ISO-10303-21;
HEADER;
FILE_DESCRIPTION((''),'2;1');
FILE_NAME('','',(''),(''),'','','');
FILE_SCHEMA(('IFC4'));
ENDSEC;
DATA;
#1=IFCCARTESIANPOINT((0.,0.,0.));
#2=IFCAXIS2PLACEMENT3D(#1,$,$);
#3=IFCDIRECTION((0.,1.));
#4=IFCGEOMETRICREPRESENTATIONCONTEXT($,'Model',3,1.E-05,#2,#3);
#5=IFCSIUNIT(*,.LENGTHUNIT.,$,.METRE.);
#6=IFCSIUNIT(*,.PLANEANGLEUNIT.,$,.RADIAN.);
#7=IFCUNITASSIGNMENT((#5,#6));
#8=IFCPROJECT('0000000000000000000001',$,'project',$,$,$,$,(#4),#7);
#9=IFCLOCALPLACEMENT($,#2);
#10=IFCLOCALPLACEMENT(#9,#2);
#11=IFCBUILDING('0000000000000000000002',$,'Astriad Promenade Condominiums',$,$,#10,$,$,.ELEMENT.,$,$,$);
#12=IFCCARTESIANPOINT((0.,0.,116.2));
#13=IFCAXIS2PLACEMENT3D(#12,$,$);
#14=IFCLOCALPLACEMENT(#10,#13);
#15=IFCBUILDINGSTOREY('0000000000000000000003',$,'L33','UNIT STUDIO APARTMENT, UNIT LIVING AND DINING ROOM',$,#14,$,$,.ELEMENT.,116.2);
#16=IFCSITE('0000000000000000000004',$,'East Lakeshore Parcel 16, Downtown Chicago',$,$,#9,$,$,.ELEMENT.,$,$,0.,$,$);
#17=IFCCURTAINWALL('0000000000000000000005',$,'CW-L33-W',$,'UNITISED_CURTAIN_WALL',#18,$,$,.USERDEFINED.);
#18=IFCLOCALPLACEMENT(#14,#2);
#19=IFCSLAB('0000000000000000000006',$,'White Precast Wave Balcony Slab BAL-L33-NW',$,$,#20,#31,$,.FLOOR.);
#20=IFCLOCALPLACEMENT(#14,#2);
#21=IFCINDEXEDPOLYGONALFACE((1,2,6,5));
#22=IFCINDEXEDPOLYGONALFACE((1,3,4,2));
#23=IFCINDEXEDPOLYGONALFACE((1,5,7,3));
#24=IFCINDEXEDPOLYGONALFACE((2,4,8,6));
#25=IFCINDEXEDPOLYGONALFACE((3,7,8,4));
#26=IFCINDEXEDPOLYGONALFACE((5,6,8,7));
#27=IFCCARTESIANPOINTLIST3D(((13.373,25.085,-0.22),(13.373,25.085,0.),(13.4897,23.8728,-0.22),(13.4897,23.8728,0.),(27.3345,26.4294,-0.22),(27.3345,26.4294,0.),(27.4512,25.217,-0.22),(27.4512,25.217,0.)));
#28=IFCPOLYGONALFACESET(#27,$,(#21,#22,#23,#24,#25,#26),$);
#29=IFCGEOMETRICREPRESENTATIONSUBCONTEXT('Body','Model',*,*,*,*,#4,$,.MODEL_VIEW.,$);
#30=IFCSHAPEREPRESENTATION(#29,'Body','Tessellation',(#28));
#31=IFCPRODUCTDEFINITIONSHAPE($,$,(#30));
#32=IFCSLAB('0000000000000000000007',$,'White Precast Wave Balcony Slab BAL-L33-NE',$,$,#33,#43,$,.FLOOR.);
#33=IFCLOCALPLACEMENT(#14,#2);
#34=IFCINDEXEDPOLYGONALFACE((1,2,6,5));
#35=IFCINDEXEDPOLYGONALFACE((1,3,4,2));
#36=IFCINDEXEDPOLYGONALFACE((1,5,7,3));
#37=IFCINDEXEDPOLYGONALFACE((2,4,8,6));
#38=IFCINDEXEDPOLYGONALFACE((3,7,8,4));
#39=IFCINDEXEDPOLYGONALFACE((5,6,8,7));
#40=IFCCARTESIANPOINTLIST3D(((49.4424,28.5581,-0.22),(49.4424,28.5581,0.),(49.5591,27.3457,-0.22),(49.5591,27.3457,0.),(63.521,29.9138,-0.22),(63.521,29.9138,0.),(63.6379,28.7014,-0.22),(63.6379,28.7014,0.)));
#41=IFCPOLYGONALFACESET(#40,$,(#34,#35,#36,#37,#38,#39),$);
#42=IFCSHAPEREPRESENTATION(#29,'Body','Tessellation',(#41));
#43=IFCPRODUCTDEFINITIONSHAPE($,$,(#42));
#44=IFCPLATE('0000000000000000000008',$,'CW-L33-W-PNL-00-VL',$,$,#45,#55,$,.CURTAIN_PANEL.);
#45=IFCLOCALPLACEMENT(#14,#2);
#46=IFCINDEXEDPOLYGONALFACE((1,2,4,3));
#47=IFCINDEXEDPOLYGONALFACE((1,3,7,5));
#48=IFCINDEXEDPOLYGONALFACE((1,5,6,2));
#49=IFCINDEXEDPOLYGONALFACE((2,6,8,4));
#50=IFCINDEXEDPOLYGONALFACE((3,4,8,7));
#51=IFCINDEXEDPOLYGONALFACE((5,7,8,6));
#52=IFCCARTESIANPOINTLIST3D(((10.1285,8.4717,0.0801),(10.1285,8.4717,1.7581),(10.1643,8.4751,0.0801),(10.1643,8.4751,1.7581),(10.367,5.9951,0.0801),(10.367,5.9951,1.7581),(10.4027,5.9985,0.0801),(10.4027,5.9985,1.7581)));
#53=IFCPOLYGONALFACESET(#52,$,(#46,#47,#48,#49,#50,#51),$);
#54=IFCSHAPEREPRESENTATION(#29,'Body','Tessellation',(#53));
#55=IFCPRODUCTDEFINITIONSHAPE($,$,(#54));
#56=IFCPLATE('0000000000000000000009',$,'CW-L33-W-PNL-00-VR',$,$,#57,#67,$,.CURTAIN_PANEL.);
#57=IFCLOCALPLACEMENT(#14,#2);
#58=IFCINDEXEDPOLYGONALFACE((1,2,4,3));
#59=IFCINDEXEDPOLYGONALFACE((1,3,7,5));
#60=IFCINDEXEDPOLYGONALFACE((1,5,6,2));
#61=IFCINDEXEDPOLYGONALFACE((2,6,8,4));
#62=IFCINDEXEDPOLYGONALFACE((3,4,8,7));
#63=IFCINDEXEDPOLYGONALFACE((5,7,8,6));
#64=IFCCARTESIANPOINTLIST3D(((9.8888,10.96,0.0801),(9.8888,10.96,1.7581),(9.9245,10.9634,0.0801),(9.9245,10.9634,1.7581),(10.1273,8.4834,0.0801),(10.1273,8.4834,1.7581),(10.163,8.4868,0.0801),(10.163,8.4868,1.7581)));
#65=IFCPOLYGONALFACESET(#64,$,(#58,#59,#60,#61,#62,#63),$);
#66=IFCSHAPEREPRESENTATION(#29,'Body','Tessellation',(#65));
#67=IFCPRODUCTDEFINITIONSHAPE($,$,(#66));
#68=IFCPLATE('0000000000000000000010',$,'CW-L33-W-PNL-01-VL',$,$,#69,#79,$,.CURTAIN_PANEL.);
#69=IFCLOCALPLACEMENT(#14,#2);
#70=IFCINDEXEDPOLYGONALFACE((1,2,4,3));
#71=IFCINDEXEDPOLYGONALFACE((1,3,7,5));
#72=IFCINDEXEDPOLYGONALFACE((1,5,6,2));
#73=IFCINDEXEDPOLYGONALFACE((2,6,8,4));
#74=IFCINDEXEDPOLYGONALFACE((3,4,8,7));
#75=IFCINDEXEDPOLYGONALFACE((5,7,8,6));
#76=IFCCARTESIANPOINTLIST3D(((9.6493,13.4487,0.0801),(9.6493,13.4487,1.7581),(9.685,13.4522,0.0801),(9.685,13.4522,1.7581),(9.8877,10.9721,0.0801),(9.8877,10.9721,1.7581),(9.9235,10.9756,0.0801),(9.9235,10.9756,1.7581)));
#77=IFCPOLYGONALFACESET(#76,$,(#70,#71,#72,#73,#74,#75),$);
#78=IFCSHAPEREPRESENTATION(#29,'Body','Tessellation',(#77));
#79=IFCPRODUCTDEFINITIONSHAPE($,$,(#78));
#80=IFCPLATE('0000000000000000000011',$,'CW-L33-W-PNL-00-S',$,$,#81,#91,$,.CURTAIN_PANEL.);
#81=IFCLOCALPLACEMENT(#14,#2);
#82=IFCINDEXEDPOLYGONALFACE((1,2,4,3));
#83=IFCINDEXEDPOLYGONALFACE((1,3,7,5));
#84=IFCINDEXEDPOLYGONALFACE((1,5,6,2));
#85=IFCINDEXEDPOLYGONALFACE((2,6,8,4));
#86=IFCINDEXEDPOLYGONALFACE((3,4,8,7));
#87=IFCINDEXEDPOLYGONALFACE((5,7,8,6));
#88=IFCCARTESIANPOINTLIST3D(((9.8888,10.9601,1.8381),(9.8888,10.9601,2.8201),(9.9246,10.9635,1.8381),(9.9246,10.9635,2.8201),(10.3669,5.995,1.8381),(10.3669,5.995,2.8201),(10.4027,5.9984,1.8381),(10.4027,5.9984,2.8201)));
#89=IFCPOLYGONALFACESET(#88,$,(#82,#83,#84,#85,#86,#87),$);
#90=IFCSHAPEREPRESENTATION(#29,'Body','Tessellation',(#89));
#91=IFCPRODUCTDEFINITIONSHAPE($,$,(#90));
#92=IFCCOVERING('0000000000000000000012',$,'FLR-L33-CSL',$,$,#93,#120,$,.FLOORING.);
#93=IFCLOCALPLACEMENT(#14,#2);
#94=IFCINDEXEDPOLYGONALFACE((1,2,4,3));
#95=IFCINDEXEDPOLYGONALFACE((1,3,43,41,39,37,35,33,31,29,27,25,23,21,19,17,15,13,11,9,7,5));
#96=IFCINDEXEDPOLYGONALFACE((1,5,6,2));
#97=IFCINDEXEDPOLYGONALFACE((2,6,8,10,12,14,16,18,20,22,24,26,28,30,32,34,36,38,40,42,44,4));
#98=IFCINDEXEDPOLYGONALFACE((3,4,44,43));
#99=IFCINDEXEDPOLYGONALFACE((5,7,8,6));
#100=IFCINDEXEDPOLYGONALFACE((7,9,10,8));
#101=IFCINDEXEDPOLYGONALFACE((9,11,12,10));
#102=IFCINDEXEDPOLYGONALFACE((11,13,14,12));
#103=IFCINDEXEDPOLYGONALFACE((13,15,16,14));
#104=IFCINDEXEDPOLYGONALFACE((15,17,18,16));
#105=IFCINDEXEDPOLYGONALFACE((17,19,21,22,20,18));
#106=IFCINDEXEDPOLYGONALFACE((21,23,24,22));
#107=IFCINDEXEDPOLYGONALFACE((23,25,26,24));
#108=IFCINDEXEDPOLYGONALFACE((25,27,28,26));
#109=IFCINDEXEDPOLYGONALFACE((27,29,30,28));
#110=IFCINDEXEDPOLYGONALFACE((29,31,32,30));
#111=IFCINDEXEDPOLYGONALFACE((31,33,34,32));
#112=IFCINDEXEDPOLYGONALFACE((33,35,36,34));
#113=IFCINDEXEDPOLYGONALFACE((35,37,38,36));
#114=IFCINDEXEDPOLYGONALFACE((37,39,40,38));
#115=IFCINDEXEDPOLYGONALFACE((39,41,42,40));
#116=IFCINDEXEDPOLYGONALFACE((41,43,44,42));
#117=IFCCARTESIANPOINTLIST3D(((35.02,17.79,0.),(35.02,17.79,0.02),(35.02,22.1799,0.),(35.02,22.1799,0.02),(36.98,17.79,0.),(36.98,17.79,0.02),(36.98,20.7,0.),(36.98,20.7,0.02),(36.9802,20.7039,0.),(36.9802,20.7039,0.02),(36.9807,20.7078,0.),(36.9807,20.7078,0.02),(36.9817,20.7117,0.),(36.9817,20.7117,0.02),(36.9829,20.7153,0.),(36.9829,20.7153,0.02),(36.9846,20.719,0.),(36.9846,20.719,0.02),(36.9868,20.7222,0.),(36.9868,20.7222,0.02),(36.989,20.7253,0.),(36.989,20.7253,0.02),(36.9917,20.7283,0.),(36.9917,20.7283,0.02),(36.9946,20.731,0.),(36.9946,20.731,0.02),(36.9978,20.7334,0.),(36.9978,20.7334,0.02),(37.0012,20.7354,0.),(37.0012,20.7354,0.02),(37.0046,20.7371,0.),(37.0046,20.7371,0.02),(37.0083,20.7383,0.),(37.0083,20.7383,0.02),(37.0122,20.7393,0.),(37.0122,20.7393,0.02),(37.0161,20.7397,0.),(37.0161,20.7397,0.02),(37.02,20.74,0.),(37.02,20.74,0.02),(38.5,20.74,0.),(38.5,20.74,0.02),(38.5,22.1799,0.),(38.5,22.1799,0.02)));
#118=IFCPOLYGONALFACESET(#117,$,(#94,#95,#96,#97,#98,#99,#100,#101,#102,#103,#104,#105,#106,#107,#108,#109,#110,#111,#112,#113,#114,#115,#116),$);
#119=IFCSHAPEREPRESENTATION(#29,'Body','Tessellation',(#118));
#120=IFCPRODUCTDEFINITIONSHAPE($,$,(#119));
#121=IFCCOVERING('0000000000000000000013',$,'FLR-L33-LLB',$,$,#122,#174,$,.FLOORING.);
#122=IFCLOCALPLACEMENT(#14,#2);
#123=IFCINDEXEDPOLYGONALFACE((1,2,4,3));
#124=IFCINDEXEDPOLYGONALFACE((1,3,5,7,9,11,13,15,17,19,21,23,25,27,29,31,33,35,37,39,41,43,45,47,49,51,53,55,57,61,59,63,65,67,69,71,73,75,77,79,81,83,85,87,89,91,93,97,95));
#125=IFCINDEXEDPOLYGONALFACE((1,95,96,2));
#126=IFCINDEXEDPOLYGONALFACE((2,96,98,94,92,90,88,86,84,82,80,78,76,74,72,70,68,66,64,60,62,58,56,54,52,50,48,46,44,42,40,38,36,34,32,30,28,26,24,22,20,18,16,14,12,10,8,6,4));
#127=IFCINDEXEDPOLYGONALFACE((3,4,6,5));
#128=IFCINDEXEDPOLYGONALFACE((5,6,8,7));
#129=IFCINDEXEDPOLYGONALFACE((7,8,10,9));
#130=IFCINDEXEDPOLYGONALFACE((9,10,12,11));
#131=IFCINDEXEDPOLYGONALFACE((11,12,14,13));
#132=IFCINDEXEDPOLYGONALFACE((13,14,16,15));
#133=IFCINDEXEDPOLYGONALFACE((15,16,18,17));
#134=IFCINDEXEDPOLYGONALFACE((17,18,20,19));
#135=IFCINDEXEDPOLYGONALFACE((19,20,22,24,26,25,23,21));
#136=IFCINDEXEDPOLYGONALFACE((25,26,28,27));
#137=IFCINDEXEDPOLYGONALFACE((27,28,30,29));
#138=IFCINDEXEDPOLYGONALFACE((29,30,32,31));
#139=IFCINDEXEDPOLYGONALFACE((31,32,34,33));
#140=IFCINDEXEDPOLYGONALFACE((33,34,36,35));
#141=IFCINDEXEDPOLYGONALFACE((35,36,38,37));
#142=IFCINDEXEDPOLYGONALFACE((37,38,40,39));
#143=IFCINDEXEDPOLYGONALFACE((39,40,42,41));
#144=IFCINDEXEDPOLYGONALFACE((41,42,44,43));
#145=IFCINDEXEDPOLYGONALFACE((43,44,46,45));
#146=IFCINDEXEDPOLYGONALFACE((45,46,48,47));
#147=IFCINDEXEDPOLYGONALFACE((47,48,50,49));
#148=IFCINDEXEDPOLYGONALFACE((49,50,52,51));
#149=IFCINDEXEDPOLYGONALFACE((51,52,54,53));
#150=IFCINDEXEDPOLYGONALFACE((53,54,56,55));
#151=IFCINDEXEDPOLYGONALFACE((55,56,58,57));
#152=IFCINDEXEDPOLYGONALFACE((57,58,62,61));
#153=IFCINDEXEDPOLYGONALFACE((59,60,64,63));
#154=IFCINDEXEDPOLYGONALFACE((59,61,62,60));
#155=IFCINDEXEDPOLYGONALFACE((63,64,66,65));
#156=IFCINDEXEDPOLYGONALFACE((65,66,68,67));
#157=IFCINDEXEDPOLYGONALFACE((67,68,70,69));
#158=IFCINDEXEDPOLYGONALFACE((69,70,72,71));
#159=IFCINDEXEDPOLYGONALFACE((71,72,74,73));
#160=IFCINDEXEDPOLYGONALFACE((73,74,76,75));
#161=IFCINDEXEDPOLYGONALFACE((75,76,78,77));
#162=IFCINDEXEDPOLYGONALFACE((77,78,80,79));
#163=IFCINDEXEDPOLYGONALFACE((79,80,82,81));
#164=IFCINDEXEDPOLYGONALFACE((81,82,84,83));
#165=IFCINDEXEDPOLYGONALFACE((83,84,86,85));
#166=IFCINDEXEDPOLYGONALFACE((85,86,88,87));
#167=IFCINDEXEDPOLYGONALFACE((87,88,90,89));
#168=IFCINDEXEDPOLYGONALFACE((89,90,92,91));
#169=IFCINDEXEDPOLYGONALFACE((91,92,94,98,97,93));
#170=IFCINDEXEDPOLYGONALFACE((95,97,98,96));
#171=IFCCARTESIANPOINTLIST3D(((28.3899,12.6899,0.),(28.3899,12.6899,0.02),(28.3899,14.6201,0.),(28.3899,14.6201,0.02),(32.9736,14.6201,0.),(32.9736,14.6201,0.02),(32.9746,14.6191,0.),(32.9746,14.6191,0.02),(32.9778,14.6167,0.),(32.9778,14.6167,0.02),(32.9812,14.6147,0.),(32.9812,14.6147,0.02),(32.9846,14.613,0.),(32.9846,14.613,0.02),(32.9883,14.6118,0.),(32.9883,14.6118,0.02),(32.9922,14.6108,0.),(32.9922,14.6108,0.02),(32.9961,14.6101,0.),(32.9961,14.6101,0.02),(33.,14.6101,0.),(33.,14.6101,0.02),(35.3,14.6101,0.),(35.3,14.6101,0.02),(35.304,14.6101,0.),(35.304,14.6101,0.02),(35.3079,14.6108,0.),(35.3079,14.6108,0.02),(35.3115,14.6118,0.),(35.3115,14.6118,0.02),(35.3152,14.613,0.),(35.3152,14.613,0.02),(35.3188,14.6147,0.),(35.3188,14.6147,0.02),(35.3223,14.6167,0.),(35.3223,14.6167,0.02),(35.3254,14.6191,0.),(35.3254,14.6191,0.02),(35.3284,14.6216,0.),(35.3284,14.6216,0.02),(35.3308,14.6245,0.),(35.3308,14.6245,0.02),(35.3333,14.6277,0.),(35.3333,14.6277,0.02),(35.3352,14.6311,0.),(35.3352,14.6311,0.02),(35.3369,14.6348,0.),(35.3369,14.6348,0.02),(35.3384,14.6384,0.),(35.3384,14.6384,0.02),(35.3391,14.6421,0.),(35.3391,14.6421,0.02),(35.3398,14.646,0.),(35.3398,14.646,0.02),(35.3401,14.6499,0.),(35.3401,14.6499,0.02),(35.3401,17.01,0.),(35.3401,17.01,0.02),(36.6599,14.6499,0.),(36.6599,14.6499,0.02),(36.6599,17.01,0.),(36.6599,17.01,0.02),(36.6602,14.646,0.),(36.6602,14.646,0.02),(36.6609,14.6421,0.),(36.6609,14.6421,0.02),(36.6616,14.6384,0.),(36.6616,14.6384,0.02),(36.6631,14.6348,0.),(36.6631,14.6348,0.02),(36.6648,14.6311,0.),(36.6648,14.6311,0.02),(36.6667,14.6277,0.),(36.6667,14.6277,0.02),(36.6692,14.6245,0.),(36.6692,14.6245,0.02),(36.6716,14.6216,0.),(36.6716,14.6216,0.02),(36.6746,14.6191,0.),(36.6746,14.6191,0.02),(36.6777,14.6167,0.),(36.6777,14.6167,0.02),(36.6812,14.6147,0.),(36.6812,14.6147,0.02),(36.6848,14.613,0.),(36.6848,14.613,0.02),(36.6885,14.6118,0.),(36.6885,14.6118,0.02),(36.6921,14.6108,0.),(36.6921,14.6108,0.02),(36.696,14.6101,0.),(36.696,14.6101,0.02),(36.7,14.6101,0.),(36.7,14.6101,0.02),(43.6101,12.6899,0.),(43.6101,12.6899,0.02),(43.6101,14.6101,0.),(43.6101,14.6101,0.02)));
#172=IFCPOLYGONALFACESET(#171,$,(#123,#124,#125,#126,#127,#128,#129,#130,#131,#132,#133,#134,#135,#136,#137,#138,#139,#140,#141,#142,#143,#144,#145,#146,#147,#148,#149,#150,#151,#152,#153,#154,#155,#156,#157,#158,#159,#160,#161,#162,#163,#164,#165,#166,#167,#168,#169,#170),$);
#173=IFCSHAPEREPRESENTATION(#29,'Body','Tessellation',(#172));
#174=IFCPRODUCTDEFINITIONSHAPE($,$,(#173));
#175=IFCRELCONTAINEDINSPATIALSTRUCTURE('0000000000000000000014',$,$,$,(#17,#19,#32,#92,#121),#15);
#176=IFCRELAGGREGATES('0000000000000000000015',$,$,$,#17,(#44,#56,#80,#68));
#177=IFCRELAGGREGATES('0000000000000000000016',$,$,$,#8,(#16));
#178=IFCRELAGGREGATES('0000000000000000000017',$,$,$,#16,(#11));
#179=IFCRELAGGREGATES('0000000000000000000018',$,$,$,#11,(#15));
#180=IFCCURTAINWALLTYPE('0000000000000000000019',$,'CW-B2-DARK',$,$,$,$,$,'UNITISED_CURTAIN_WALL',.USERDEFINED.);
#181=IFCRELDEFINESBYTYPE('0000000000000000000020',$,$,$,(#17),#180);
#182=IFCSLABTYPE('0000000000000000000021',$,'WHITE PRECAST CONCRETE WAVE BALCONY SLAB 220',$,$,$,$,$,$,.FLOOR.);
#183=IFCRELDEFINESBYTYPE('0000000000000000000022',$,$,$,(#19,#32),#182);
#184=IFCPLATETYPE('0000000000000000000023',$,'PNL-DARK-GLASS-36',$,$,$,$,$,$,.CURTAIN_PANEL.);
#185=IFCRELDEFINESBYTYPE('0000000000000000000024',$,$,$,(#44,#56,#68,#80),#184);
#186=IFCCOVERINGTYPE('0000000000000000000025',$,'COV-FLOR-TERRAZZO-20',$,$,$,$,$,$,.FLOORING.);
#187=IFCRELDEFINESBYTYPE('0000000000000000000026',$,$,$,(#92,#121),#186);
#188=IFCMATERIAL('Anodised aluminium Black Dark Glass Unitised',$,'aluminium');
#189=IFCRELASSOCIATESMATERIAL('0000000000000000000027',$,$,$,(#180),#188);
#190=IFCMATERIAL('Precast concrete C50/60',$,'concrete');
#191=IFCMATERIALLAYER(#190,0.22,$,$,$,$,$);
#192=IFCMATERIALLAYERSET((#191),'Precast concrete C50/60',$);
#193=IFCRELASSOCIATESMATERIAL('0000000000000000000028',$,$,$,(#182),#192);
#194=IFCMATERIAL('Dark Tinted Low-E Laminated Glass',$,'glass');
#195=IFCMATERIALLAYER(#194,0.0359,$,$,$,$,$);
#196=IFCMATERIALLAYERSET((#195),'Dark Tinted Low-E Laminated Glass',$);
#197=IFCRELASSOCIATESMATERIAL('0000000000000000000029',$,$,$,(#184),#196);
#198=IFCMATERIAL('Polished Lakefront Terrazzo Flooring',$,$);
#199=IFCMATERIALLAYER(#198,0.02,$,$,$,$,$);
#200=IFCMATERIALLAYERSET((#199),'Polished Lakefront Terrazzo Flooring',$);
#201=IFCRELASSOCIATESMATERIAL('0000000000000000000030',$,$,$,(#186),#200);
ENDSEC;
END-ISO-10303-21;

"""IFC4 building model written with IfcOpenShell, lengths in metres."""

from ifc_helpers import new_model, si_unit, direction, frame, origin, origin_2d, place, context, subcontext, project, spatial, polyline, rectangle, outline, extrude, source, transform, mapped, material, layer, layer_set, type_object, type_shapes, element, aggregate, save


model = new_model("IFC4")

# Units and contexts
model_context = context("Model", 3, precision=1e-05, world=origin(), true_north=direction((0.0, 1.0)))
body_context = subcontext(model_context, "Body", "Model", "MODEL_VIEW")
ifc_project = project(units=[si_unit("LENGTHUNIT", "METRE"), si_unit("PLANEANGLEUNIT", "RADIAN")], contexts=[model_context])

# Site, building, storey
site_placement = place(None, origin())
site = spatial("IfcSite", under=ifc_project, at=site_placement, Name="East Lakeshore Parcel 16, Downtown Chicago", CompositionType="ELEMENT", RefElevation=0.0)
building_placement = place(site_placement, origin())
building = spatial("IfcBuilding", under=site, at=building_placement, Name="Astriad Promenade Condominiums", CompositionType="ELEMENT")
storey_placement = place(building_placement, frame((0.0, 0.0, 116.2)))
storey = spatial("IfcBuildingStorey", under=building, at=storey_placement, Name="L33", Description="UNIT STUDIO APARTMENT, UNIT LIVING AND DINING ROOM", CompositionType="ELEMENT", Elevation=116.2)

# Curtain wall
ifc_material_1 = material(Name="Anodised aluminium Black Dark Glass Unitised", Category="aluminium")
curtain_wall_type = type_object("IfcCurtainWallType", Name="CW-B2-DARK", ElementType="UNITISED_CURTAIN_WALL", PredefinedType="USERDEFINED", material=ifc_material_1)
curtain_wall_placement = place(storey_placement, origin())
curtain_wall = element("IfcCurtainWall", 1, at=curtain_wall_placement, inside=storey, type_object=curtain_wall_type, Name="CW-L33-W", ObjectType="UNITISED_CURTAIN_WALL", PredefinedType="USERDEFINED")

# Slabs
ifc_material_2 = material(Name="Precast concrete C50/60", Category="concrete")
ifc_layer_1 = layer(ifc_material_2, 0.22)
ifc_layer_set_1 = layer_set([ifc_layer_1], Name="Precast concrete C50/60")
slab_type_1 = type_object("IfcSlabType", Name="WHITE PRECAST CONCRETE WAVE BALCONY SLAB 220", PredefinedType="FLOOR", material=ifc_layer_set_1)
slab_1_placement = place(storey_placement, frame((0.0, 0.0, -0.22)))
element("IfcSlab", 2, at=slab_1_placement, inside=storey, type_object=slab_type_1, Name="White Precast Wave Balcony Slab BAL-L33-NW", PredefinedType="FLOOR", context=body_context, shape_type="SweptSolid", body=[
    extrude(outline(polyline([(13.373, 25.085), (27.3345, 26.4294), (27.4512, 25.217), (13.4897, 23.8728), (13.373, 25.085)])), origin(), (0.0, 0.0, 1.0), 0.22),
])
slab_2_placement = place(storey_placement, frame((0.0, 0.0, -0.22)))
element("IfcSlab", 3, at=slab_2_placement, inside=storey, type_object=slab_type_1, Name="White Precast Wave Balcony Slab BAL-L33-NE", PredefinedType="FLOOR", context=body_context, shape_type="SweptSolid", body=[
    extrude(outline(polyline([(49.4424, 28.5581), (63.521, 29.9138), (63.6379, 28.7014), (49.5591, 27.3457), (49.4424, 28.5581)])), origin(), (0.0, 0.0, 1.0), 0.22),
])

# Plates
ifc_material_3 = material(Name="Dark Tinted Low-E Laminated Glass", Category="glass")
ifc_layer_2 = layer(ifc_material_3, 0.0359)
ifc_layer_set_2 = layer_set([ifc_layer_2], Name="Dark Tinted Low-E Laminated Glass")
plate_type = type_object("IfcPlateType", Name="PNL-DARK-GLASS-36", PredefinedType="CURTAIN_PANEL", material=ifc_layer_set_2)
shared_shape_1 = source(origin(), body_context, "Body", "SweptSolid", [
    extrude(rectangle(XDim=2.488, YDim=0.0359, at=origin_2d()), origin(), (0.0, 0.0, 1.0), 1.678),
])
plate_1_placement = place(storey_placement, frame((10.2656, 7.2351, 0.0801), z_axis=(0.0, 0.0, 1.0), x_axis=(-0.095846, 0.995396, 0.0)))
plate_1 = element("IfcPlate", 4, at=plate_1_placement, type_object=plate_type, Name="CW-L33-W-PNL-00-VL", PredefinedType="CURTAIN_PANEL", context=body_context, shape_type="MappedRepresentation", body=[
    mapped(shared_shape_1, transform((0.0, 0.0, 0.0), scale=1.0)),
])
plate_2_placement = place(storey_placement, frame((10.0259, 9.7234, 0.0801), z_axis=(0.0, 0.0, 1.0), x_axis=(-0.095846, 0.995396, 0.0)))
plate_2 = element("IfcPlate", 5, at=plate_2_placement, type_object=plate_type, Name="CW-L33-W-PNL-00-VR", PredefinedType="CURTAIN_PANEL", context=body_context, shape_type="MappedRepresentation", body=[
    mapped(shared_shape_1, transform((0.0, 0.0, 0.0), scale=1.0)),
])
plate_3_placement = place(storey_placement, frame((9.7864, 12.2122, 0.0801), z_axis=(0.0, 0.0, 1.0), x_axis=(-0.095846, 0.995396, 0.0)))
plate_3 = element("IfcPlate", 6, at=plate_3_placement, type_object=plate_type, Name="CW-L33-W-PNL-01-VL", PredefinedType="CURTAIN_PANEL", context=body_context, shape_type="MappedRepresentation", body=[
    mapped(shared_shape_1, transform((0.0, 0.0, 0.0), scale=1.0)),
])
shared_shape_2 = source(origin(), body_context, "Body", "SweptSolid", [
    extrude(rectangle(XDim=4.988, YDim=0.0359, at=origin_2d()), origin(), (0.0, 0.0, 1.0), 0.9819),
])
type_shapes(plate_type, [shared_shape_1, shared_shape_2])
plate_4_placement = place(storey_placement, frame((10.1458, 8.4792, 1.8381), z_axis=(0.0, 0.0, 1.0), x_axis=(-0.095846, 0.995396, 0.0)))
plate_4 = element("IfcPlate", 7, at=plate_4_placement, type_object=plate_type, Name="CW-L33-W-PNL-00-S", PredefinedType="CURTAIN_PANEL", context=body_context, shape_type="MappedRepresentation", body=[
    mapped(shared_shape_2, transform((0.0, 0.0, 0.0), scale=1.0)),
])
aggregate(curtain_wall, [plate_1, plate_2, plate_4, plate_3])

# Coverings
ifc_material_4 = material(Name="Polished Lakefront Terrazzo Flooring")
ifc_layer_3 = layer(ifc_material_4, 0.02)
ifc_layer_set_3 = layer_set([ifc_layer_3], Name="Polished Lakefront Terrazzo Flooring")
covering_type = type_object("IfcCoveringType", Name="COV-FLOR-TERRAZZO-20", PredefinedType="FLOORING", material=ifc_layer_set_3)
covering_1_placement = place(storey_placement, origin())
element("IfcCovering", 8, at=covering_1_placement, inside=storey, type_object=covering_type, Name="FLR-L33-CSL", PredefinedType="FLOORING", context=body_context, shape_type="SweptSolid", body=[
    extrude(outline(polyline([(36.98, 20.7), (36.98, 17.79), (35.02, 17.79), (35.02, 22.1799), (38.5, 22.1799), (38.5, 20.74), (37.02, 20.74), (37.0161, 20.7397), (37.0122, 20.7393), (37.0083, 20.7383), (37.0046, 20.7371), (37.0012, 20.7354), (36.9978, 20.7334), (36.9946, 20.731), (36.9917, 20.7283), (36.989, 20.7253), (36.9868, 20.7222), (36.9846, 20.719), (36.9829, 20.7153), (36.9817, 20.7117), (36.9807, 20.7078), (36.9802, 20.7039), (36.98, 20.7)])), origin(), (0.0, 0.0, 1.0), 0.02),
])
covering_2_placement = place(storey_placement, origin())
element("IfcCovering", 9, at=covering_2_placement, inside=storey, type_object=covering_type, Name="FLR-L33-LLB", PredefinedType="FLOORING", context=body_context, shape_type="SweptSolid", body=[
    extrude(outline(polyline([(32.9736, 14.6201), (32.9746, 14.6191), (32.9778, 14.6167), (32.9812, 14.6147), (32.9846, 14.613), (32.9883, 14.6118), (32.9922, 14.6108), (32.9961, 14.6101), (33.0, 14.6101), (35.3, 14.6101), (35.304, 14.6101), (35.3079, 14.6108), (35.3115, 14.6118), (35.3152, 14.613), (35.3188, 14.6147), (35.3223, 14.6167), (35.3254, 14.6191), (35.3284, 14.6216), (35.3308, 14.6245), (35.3333, 14.6277), (35.3352, 14.6311), (35.3369, 14.6348), (35.3384, 14.6384), (35.3391, 14.6421), (35.3398, 14.646), (35.3401, 14.6499), (35.3401, 17.01), (36.6599, 17.01), (36.6599, 14.6499), (36.6602, 14.646), (36.6609, 14.6421), (36.6616, 14.6384), (36.6631, 14.6348), (36.6648, 14.6311), (36.6667, 14.6277), (36.6692, 14.6245), (36.6716, 14.6216), (36.6746, 14.6191), (36.6777, 14.6167), (36.6812, 14.6147), (36.6848, 14.613), (36.6885, 14.6118), (36.6921, 14.6108), (36.696, 14.6101), (36.7, 14.6101), (43.6101, 14.6101), (43.6101, 12.6899), (28.3899, 12.6899), (28.3899, 14.6201), (32.9736, 14.6201)])), origin(), (0.0, 0.0, 1.0), 0.02),
])

save(model, "model.ifc")
